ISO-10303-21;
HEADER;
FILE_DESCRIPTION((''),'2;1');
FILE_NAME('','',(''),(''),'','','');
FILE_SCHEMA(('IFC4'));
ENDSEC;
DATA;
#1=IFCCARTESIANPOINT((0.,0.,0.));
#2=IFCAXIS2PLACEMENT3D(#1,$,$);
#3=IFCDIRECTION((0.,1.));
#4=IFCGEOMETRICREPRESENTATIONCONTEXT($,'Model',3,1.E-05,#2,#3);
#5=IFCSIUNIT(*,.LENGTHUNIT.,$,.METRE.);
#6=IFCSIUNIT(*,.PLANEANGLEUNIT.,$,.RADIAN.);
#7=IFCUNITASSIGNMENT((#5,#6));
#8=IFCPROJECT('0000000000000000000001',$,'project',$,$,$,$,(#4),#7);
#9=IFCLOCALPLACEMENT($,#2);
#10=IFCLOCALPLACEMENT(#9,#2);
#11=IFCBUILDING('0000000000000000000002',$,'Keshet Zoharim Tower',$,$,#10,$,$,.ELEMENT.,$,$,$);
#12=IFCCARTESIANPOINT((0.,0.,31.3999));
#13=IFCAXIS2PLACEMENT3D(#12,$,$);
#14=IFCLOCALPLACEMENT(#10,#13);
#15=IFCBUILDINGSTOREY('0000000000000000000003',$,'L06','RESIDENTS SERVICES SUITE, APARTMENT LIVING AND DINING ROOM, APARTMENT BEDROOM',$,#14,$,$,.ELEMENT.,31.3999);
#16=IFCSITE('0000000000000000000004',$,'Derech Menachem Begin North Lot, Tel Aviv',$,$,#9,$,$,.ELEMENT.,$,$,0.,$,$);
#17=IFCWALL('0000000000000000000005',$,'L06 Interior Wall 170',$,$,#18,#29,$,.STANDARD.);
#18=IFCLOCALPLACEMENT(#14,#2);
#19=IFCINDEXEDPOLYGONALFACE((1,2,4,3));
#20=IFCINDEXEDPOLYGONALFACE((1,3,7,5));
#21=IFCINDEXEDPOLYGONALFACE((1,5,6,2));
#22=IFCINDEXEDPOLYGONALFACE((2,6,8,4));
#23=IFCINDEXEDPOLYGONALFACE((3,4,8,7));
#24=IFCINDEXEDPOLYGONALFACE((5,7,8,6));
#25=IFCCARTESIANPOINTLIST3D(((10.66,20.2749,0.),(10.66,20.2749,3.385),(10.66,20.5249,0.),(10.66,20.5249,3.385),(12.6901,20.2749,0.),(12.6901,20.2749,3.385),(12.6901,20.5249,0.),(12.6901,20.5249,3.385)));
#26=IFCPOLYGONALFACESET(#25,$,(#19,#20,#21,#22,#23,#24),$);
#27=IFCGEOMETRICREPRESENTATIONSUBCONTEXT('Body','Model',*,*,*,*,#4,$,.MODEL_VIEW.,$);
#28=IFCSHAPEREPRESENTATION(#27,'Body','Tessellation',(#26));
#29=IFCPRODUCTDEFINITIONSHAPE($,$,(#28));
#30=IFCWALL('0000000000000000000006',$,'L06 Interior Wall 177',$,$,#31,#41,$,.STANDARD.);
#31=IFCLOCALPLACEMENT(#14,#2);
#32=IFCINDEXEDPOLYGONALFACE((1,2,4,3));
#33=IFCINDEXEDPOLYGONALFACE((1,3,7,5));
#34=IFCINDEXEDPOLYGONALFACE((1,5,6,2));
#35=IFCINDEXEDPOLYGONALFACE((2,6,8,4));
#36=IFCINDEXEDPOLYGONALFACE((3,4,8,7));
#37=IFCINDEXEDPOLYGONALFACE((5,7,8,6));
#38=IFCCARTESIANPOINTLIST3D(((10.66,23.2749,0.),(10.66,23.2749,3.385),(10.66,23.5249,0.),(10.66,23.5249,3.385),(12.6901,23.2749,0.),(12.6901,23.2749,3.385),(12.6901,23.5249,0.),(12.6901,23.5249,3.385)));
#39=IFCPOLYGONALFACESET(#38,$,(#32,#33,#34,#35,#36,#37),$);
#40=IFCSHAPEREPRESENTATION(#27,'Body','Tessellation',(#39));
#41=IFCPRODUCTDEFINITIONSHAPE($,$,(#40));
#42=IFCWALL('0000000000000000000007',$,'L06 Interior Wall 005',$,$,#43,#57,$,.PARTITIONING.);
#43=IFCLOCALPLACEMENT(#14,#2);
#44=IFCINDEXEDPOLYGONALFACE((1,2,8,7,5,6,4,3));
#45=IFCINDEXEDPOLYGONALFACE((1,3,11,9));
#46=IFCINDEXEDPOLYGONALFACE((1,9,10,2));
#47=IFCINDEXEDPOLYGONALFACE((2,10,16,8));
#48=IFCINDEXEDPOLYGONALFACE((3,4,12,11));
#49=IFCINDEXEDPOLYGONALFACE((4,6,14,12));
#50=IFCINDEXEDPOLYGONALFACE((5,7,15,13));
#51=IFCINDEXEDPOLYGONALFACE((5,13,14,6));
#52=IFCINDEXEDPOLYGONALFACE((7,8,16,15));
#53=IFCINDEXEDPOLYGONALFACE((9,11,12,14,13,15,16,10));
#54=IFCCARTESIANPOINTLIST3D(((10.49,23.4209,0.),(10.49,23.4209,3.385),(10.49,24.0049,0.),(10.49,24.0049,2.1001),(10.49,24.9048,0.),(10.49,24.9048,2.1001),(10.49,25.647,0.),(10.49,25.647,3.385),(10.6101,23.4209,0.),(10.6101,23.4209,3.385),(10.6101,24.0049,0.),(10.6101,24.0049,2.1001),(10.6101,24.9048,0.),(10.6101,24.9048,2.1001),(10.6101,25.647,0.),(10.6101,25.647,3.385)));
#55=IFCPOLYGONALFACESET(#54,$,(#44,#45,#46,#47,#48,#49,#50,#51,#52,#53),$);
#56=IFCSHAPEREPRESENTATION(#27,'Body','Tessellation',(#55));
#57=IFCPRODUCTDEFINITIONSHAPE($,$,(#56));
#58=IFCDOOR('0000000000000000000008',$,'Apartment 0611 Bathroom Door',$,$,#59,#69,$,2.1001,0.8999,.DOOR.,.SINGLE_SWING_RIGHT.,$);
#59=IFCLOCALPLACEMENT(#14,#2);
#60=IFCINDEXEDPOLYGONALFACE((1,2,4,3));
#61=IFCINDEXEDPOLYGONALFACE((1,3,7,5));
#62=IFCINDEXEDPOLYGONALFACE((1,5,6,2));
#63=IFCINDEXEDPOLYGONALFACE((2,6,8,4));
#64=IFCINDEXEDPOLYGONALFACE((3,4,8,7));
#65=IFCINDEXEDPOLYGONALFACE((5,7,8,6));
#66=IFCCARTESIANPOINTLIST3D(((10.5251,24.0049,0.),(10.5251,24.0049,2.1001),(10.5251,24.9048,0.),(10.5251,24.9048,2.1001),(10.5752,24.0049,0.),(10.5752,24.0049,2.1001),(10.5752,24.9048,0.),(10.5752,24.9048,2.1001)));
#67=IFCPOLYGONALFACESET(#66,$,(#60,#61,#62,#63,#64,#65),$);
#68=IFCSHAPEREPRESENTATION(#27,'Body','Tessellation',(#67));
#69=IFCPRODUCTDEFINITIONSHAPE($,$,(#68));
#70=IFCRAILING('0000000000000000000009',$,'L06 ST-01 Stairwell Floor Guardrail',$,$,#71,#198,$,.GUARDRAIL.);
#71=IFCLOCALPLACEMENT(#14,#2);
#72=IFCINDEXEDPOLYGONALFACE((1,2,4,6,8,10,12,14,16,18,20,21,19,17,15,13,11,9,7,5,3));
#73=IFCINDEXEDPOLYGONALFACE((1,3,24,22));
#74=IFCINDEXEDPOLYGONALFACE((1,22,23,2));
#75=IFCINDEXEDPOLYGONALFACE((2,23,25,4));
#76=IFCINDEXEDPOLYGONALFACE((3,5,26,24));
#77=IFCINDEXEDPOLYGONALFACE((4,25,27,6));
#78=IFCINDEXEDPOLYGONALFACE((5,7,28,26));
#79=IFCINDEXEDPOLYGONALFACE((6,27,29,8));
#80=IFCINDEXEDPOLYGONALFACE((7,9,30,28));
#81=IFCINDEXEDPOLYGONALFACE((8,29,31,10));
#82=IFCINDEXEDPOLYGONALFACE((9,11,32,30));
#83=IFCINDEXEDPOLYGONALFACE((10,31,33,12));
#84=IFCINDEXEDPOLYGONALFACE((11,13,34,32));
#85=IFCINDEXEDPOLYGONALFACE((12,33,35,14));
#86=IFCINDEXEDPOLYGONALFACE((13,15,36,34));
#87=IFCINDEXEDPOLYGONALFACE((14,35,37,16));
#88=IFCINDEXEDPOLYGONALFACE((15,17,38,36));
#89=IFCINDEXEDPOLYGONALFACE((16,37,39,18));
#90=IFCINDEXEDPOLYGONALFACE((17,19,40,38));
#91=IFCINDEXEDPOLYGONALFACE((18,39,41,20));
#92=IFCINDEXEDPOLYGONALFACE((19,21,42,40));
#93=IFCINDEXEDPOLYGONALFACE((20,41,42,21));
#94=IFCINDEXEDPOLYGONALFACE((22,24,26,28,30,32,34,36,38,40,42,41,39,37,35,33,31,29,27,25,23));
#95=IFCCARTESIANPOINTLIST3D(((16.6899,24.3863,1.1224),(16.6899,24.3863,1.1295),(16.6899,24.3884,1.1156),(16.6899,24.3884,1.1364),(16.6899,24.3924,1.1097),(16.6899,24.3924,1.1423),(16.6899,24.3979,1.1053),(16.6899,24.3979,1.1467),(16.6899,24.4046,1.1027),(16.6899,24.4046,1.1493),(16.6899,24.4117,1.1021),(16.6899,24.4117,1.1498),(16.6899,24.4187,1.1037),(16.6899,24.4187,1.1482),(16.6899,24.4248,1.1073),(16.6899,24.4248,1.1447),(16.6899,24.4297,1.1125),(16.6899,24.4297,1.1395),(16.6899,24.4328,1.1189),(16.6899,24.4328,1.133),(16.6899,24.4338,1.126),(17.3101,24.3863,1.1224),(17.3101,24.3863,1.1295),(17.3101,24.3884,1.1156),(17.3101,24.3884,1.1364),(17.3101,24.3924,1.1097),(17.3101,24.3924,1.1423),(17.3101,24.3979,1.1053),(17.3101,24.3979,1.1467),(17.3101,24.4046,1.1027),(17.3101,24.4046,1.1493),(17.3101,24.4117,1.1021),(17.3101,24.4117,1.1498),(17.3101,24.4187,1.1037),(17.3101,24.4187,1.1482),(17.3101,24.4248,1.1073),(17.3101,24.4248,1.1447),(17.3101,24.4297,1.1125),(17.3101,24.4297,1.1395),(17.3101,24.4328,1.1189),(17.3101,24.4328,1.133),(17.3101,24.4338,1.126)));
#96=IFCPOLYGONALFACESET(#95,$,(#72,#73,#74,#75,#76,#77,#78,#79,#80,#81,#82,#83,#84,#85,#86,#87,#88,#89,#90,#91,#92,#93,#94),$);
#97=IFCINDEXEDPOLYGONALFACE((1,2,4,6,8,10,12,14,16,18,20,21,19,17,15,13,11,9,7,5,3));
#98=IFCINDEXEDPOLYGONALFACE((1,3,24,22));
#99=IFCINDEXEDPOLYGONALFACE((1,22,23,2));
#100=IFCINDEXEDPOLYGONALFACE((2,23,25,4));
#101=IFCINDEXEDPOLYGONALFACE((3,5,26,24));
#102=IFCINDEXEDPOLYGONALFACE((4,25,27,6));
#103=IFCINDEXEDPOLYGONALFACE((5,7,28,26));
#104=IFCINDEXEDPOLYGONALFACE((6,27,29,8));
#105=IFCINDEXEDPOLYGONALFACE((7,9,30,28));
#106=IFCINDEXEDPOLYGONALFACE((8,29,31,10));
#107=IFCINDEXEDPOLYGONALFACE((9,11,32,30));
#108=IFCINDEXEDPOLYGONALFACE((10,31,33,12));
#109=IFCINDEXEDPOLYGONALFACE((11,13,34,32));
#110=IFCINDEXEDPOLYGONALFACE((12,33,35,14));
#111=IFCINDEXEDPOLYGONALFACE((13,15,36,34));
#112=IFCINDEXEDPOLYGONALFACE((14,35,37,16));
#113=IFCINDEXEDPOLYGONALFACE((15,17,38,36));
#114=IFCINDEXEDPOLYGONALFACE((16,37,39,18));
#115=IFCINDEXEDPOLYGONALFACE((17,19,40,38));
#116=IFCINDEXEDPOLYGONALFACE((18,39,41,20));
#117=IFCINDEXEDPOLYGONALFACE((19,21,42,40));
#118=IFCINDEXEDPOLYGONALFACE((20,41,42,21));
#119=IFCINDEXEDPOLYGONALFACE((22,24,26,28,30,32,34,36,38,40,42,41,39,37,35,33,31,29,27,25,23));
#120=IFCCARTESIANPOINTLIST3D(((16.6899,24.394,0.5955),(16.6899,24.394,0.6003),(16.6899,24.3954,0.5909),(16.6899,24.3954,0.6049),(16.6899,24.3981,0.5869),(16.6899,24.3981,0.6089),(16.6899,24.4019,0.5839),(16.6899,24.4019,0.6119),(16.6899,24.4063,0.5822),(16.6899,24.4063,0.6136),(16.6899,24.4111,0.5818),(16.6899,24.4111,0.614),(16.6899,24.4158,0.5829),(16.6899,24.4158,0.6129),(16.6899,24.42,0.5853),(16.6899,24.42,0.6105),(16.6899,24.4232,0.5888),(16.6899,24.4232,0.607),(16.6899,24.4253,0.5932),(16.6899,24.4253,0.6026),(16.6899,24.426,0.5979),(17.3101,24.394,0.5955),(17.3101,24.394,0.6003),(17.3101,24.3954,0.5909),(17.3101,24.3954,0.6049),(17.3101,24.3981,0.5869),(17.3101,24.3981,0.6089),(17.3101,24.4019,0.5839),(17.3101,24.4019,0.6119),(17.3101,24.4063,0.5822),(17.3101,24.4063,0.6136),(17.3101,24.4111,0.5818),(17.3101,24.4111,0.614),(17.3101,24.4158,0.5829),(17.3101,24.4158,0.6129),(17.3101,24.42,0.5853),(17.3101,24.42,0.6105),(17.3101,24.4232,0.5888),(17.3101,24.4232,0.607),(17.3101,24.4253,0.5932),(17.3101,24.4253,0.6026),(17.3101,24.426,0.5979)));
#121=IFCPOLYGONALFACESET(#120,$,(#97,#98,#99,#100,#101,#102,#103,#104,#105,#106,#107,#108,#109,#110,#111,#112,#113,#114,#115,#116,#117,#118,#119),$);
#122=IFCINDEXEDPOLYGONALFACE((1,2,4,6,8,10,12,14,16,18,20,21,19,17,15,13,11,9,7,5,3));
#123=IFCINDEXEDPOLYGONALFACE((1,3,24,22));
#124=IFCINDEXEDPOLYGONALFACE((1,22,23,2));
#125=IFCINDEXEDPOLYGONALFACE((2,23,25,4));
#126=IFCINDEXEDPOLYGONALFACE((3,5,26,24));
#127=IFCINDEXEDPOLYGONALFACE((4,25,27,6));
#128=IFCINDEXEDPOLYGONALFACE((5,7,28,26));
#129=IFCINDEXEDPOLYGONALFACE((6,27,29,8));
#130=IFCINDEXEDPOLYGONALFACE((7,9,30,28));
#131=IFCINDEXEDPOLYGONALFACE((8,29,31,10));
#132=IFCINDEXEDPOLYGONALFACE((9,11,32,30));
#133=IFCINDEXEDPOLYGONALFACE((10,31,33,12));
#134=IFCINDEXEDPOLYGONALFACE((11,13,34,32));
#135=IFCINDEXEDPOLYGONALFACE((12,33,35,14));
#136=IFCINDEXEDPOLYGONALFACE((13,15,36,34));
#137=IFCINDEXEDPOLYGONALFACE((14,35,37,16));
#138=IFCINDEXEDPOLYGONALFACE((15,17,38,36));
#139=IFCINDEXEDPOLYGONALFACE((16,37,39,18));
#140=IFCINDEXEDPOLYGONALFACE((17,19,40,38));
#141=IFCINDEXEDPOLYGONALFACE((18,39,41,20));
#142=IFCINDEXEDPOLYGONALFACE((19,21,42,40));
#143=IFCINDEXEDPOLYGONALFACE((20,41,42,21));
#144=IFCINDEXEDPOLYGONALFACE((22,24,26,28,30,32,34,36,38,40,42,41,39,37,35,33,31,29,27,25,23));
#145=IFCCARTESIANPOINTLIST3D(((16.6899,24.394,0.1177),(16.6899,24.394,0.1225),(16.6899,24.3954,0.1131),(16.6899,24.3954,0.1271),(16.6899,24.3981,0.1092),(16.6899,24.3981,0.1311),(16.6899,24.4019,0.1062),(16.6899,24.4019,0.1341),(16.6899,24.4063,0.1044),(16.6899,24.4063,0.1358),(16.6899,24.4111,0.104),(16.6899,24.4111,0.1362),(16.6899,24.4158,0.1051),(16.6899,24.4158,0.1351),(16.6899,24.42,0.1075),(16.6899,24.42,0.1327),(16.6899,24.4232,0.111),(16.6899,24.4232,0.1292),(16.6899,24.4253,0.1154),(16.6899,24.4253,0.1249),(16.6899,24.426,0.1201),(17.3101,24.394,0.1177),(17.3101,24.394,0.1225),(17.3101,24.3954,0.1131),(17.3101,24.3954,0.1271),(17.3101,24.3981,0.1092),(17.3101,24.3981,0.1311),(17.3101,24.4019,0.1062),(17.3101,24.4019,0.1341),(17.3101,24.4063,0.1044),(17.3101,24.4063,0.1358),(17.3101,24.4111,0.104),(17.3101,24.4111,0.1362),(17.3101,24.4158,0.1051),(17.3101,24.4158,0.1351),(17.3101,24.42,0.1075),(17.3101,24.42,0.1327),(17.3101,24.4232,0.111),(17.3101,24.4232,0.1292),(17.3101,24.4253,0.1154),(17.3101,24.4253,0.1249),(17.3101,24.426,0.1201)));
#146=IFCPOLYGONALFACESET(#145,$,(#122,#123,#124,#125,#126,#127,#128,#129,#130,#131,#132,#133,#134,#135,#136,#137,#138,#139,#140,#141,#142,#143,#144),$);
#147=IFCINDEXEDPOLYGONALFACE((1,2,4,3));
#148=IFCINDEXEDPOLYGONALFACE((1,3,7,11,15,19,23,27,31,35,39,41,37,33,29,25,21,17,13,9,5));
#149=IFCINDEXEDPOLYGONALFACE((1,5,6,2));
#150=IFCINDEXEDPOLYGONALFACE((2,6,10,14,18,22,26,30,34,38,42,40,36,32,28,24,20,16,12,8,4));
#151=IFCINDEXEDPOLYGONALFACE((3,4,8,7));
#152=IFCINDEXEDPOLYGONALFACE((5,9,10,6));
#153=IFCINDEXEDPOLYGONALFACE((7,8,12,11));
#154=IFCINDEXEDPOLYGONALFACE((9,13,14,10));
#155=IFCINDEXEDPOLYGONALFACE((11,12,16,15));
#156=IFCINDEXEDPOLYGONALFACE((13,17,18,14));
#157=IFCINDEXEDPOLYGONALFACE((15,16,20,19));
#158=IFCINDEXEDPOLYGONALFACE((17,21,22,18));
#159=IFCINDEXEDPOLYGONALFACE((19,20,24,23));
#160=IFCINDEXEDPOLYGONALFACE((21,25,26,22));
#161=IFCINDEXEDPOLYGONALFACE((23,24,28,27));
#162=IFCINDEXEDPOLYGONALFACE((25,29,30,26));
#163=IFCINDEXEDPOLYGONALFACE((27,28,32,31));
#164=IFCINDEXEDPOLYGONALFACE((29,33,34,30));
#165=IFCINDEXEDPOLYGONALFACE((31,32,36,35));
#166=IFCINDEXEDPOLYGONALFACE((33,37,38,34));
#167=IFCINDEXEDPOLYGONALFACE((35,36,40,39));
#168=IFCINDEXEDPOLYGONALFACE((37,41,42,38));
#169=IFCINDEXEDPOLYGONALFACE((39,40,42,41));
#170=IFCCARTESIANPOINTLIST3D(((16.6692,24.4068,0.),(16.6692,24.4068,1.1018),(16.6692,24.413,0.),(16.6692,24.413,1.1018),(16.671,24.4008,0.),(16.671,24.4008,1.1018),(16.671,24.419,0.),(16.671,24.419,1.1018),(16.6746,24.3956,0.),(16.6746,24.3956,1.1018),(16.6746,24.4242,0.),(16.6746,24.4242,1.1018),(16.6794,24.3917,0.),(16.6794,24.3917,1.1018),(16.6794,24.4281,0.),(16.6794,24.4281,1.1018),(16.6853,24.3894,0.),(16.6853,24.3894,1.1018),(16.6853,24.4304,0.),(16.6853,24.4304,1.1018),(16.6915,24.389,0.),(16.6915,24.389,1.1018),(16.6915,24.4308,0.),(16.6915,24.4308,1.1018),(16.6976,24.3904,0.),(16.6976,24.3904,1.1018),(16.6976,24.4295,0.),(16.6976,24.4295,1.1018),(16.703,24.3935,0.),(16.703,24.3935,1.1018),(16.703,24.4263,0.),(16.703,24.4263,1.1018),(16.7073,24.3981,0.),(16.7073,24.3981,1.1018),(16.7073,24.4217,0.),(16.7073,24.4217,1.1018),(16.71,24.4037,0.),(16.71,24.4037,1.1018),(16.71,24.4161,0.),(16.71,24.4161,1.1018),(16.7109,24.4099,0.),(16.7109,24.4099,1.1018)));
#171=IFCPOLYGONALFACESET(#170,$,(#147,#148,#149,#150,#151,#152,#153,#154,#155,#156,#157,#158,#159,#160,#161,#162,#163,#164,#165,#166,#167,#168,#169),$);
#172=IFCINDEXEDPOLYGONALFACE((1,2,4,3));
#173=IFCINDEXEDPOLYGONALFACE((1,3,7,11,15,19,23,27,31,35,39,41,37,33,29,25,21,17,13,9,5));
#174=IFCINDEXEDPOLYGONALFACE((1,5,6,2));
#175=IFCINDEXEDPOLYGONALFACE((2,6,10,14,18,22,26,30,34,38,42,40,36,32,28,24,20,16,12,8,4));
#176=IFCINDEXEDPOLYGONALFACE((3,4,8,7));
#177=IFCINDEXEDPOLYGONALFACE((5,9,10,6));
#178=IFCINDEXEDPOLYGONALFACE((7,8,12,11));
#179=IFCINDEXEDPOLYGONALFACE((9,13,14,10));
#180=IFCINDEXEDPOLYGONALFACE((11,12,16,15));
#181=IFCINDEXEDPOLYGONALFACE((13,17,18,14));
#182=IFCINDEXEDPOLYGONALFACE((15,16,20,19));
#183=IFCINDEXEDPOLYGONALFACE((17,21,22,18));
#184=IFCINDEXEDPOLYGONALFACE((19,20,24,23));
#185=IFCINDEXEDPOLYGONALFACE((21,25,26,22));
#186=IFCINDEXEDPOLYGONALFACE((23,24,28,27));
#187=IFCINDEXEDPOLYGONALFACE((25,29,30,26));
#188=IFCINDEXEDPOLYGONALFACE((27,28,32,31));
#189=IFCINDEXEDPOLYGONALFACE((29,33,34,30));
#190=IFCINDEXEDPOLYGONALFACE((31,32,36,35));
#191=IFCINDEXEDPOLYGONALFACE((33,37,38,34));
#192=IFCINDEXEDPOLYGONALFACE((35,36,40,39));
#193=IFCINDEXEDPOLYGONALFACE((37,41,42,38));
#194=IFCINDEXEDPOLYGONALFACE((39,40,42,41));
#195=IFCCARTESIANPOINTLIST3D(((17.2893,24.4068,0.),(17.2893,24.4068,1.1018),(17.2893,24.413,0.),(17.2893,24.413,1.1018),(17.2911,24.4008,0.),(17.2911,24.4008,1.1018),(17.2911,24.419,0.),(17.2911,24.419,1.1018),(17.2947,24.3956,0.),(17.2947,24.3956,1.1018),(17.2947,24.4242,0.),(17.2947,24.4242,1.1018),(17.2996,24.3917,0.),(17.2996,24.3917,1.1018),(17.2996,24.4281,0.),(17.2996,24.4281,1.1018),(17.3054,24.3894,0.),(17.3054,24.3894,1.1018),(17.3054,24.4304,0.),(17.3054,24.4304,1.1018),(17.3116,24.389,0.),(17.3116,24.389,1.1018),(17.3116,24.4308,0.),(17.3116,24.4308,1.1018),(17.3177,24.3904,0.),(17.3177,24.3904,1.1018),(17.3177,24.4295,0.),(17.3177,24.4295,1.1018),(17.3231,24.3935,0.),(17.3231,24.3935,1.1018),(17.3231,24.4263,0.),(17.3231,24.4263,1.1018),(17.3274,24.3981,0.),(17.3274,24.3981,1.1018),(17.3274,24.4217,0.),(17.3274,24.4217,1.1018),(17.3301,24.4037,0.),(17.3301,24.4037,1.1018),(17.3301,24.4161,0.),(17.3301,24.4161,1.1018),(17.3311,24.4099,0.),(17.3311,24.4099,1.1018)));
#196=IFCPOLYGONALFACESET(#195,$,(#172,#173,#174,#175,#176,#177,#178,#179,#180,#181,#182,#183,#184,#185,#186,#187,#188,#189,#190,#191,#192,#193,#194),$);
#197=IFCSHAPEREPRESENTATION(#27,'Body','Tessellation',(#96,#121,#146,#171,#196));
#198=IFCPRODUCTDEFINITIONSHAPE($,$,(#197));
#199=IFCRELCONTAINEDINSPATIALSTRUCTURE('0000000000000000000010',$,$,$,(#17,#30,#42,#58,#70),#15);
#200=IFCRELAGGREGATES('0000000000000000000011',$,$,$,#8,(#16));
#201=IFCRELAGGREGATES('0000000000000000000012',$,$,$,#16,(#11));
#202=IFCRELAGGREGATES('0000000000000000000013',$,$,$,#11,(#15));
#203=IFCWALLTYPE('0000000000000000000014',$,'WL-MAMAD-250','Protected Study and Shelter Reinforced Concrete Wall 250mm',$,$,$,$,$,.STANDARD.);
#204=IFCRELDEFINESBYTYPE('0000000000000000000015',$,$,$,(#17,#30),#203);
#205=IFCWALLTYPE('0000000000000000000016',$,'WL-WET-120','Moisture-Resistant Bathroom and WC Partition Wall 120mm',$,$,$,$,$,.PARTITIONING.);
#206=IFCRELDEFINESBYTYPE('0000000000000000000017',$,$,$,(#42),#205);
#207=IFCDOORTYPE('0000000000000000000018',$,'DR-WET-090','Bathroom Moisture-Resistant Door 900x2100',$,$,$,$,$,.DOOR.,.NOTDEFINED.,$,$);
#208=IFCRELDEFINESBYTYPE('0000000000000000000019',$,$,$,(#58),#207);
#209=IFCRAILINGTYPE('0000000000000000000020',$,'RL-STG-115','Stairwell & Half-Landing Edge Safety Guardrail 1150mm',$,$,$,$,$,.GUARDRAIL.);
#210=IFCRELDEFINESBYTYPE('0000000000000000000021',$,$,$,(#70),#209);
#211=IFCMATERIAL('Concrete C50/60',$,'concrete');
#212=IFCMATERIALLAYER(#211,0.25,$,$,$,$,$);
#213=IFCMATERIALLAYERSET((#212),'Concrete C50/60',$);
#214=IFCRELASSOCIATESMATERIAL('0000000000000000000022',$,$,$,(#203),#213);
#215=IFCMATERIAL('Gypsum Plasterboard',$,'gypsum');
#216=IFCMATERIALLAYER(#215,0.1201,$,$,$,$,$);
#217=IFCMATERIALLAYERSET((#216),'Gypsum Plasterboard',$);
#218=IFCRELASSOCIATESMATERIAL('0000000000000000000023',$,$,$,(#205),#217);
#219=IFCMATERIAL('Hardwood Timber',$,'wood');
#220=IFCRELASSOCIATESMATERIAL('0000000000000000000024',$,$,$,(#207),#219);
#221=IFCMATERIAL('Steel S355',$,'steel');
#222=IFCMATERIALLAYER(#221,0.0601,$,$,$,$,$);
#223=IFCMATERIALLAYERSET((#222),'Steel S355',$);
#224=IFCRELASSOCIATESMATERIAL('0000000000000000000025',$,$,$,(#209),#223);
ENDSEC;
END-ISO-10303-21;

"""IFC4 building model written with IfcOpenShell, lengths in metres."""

from ifc_helpers import new_model, si_unit, direction, frame, frame_2d, origin, origin_2d, place, context, subcontext, project, spatial, rectangle, circle, extrude, material, layer, layer_set, type_object, element, fill, save


model = new_model("IFC4")

# Units and contexts
model_context = context("Model", 3, precision=1e-05, world=origin(), true_north=direction((0.0, 1.0)))
body_context = subcontext(model_context, "Body", "Model", "MODEL_VIEW")
ifc_project = project(units=[si_unit("LENGTHUNIT", "METRE"), si_unit("PLANEANGLEUNIT", "RADIAN")], contexts=[model_context])

# Site, building, storey
site_placement = place(None, origin())
site = spatial("IfcSite", under=ifc_project, at=site_placement, Name="Derech Menachem Begin North Lot, Tel Aviv", CompositionType="ELEMENT", RefElevation=0.0)
building_placement = place(site_placement, origin())
building = spatial("IfcBuilding", under=site, at=building_placement, Name="Keshet Zoharim Tower", CompositionType="ELEMENT")
storey_placement = place(building_placement, frame((0.0, 0.0, 31.3999)))
storey = spatial("IfcBuildingStorey", under=building, at=storey_placement, Name="L06", Description="RESIDENTS SERVICES SUITE, APARTMENT LIVING AND DINING ROOM, APARTMENT BEDROOM", CompositionType="ELEMENT", Elevation=31.3999)

# Shared definitions
ifc_material_1 = material(Name="Hardwood Timber", Category="wood")

# Shared definitions
ifc_material_2 = material(Name="Gypsum Plasterboard", Category="gypsum")

# Shared definitions
ifc_material_3 = material(Name="Concrete C50/60", Category="concrete")
ifc_layer_1 = layer(ifc_material_3, 0.25)
ifc_layer_set_1 = layer_set([ifc_layer_1], Name="Concrete C50/60")
wall_type_1 = type_object("IfcWallType", Name="WL-MAMAD-250", Description="Protected Study and Shelter Reinforced Concrete Wall 250mm", PredefinedType="STANDARD", material=ifc_layer_set_1)

# Walls
for number, where, z_axis, x_axis, name in (
    (1, (10.6599, 20.3999, 0.0), (0.0, 0.0, 1.0), (1.0, 0.0, 0.0), "L06 Interior Wall 170"),
    (2, (10.6599, 23.3999, 0.0), (0.0, 0.0, 1.0), (1.0, 0.0, 0.0), "L06 Interior Wall 177"),
):
    element("IfcWall", number, at=place(storey_placement, frame(where, z_axis=z_axis, x_axis=x_axis)), inside=storey, type_object=wall_type_1, Name=name, PredefinedType="STANDARD", context=body_context, shape_type="SweptSolid", body=[
        extrude(rectangle(XDim=2.03, YDim=0.25, at=frame_2d((1.0151, 0.0))), origin(), (0.0, 0.0, 1.0), 3.385),
    ])

# Wall, opening, door
ifc_layer_2 = layer(ifc_material_2, 0.1201)
ifc_layer_set_2 = layer_set([ifc_layer_2], Name="Gypsum Plasterboard")
wall_type_2 = type_object("IfcWallType", Name="WL-WET-120", Description="Moisture-Resistant Bathroom and WC Partition Wall 120mm", PredefinedType="PARTITIONING", material=ifc_layer_set_2)
wall_1_placement = place(storey_placement, frame((10.55, 23.4209, 0.0), z_axis=(0.0, 0.0, 1.0), x_axis=(0.0, 1.0, 0.0)))
wall_1 = element("IfcWall", 3, at=wall_1_placement, inside=storey, type_object=wall_type_2, Name="L06 Interior Wall 005", PredefinedType="PARTITIONING", context=body_context, shape_type="SweptSolid", body=[
    extrude(rectangle(XDim=2.2261, YDim=0.1201, at=frame_2d((1.113, 0.0))), origin(), (0.0, 0.0, 1.0), 3.385),
])
opening_1_placement = place(wall_1_placement, frame((0.584, 0.0, 0.0)))
opening_1 = element("IfcOpeningElement", 4, at=opening_1_placement, cuts=wall_1, PredefinedType="OPENING", context=body_context, shape_type="SweptSolid", body=[
    extrude(rectangle(XDim=0.8999, YDim=2.1001, at=frame_2d((0.45, 1.05))), frame((0.0, 0.0701, 0.0), z_axis=(0.0, -1.0, 0.0), x_axis=(1.0, 0.0, 0.0)), (0.0, 0.0, 1.0), 0.1401),
])
door_type_1 = type_object("IfcDoorType", Name="DR-WET-090", Description="Bathroom Moisture-Resistant Door 900x2100", OperationType="NOTDEFINED", PredefinedType="DOOR", material=ifc_material_1)
door_1_placement = place(opening_1_placement, origin())
door_1 = element("IfcDoor", 5, at=door_1_placement, inside=storey, type_object=door_type_1, Name="Apartment 0611 Bathroom Door", OperationType="SINGLE_SWING_RIGHT", OverallHeight=2.1001, OverallWidth=0.8999, PredefinedType="DOOR", context=body_context, shape_type="SweptSolid", body=[
    extrude(rectangle(XDim=0.8999, YDim=2.1001, at=frame_2d((0.45, 1.05))), frame((0.0, 0.0249, 0.0), z_axis=(0.0, -1.0, 0.0), x_axis=(1.0, 0.0, 0.0)), (0.0, 0.0, 1.0), 0.05),
])
fill(opening_1, door_1)

# Railing
ifc_material_4 = material(Name="Steel S355", Category="steel")
ifc_layer_3 = layer(ifc_material_4, 0.0601)
ifc_layer_set_3 = layer_set([ifc_layer_3], Name="Steel S355")
railing_type = type_object("IfcRailingType", Name="RL-STG-115", Description="Stairwell & Half-Landing Edge Safety Guardrail 1150mm", PredefinedType="GUARDRAIL", material=ifc_layer_set_3)
railing_placement = place(storey_placement, frame((16.6899, 24.4099, 0.0)))
element("IfcRailing", 6, at=railing_placement, inside=storey, type_object=railing_type, Name="L06 ST-01 Stairwell Floor Guardrail", PredefinedType="GUARDRAIL", context=body_context, shape_type="SweptSolid", body=[
    extrude(circle(Radius=0.0239, at=origin_2d()), frame((0.0, 0.0, 1.126), z_axis=(1.0, 0.0, 0.0), x_axis=(0.0, 1.0, 0.0)), (0.0, 0.0, 1.0), 0.6201),
    extrude(circle(Radius=0.0161, at=origin_2d()), frame((0.0, 0.0, 0.5979), z_axis=(1.0, 0.0, 0.0), x_axis=(0.0, 1.0, 0.0)), (0.0, 0.0, 1.0), 0.6201),
    extrude(circle(Radius=0.0161, at=origin_2d()), frame((0.0, 0.0, 0.1201), z_axis=(1.0, 0.0, 0.0), x_axis=(0.0, 1.0, 0.0)), (0.0, 0.0, 1.0), 0.6201),
    extrude(circle(Radius=0.021, at=origin_2d()), origin(), (0.0, 0.0, 1.0), 1.1018),
    extrude(circle(Radius=0.021, at=origin_2d()), frame((0.6201, 0.0, 0.0)), (0.0, 0.0, 1.0), 1.1018),
])

save(model, "model.ifc")
